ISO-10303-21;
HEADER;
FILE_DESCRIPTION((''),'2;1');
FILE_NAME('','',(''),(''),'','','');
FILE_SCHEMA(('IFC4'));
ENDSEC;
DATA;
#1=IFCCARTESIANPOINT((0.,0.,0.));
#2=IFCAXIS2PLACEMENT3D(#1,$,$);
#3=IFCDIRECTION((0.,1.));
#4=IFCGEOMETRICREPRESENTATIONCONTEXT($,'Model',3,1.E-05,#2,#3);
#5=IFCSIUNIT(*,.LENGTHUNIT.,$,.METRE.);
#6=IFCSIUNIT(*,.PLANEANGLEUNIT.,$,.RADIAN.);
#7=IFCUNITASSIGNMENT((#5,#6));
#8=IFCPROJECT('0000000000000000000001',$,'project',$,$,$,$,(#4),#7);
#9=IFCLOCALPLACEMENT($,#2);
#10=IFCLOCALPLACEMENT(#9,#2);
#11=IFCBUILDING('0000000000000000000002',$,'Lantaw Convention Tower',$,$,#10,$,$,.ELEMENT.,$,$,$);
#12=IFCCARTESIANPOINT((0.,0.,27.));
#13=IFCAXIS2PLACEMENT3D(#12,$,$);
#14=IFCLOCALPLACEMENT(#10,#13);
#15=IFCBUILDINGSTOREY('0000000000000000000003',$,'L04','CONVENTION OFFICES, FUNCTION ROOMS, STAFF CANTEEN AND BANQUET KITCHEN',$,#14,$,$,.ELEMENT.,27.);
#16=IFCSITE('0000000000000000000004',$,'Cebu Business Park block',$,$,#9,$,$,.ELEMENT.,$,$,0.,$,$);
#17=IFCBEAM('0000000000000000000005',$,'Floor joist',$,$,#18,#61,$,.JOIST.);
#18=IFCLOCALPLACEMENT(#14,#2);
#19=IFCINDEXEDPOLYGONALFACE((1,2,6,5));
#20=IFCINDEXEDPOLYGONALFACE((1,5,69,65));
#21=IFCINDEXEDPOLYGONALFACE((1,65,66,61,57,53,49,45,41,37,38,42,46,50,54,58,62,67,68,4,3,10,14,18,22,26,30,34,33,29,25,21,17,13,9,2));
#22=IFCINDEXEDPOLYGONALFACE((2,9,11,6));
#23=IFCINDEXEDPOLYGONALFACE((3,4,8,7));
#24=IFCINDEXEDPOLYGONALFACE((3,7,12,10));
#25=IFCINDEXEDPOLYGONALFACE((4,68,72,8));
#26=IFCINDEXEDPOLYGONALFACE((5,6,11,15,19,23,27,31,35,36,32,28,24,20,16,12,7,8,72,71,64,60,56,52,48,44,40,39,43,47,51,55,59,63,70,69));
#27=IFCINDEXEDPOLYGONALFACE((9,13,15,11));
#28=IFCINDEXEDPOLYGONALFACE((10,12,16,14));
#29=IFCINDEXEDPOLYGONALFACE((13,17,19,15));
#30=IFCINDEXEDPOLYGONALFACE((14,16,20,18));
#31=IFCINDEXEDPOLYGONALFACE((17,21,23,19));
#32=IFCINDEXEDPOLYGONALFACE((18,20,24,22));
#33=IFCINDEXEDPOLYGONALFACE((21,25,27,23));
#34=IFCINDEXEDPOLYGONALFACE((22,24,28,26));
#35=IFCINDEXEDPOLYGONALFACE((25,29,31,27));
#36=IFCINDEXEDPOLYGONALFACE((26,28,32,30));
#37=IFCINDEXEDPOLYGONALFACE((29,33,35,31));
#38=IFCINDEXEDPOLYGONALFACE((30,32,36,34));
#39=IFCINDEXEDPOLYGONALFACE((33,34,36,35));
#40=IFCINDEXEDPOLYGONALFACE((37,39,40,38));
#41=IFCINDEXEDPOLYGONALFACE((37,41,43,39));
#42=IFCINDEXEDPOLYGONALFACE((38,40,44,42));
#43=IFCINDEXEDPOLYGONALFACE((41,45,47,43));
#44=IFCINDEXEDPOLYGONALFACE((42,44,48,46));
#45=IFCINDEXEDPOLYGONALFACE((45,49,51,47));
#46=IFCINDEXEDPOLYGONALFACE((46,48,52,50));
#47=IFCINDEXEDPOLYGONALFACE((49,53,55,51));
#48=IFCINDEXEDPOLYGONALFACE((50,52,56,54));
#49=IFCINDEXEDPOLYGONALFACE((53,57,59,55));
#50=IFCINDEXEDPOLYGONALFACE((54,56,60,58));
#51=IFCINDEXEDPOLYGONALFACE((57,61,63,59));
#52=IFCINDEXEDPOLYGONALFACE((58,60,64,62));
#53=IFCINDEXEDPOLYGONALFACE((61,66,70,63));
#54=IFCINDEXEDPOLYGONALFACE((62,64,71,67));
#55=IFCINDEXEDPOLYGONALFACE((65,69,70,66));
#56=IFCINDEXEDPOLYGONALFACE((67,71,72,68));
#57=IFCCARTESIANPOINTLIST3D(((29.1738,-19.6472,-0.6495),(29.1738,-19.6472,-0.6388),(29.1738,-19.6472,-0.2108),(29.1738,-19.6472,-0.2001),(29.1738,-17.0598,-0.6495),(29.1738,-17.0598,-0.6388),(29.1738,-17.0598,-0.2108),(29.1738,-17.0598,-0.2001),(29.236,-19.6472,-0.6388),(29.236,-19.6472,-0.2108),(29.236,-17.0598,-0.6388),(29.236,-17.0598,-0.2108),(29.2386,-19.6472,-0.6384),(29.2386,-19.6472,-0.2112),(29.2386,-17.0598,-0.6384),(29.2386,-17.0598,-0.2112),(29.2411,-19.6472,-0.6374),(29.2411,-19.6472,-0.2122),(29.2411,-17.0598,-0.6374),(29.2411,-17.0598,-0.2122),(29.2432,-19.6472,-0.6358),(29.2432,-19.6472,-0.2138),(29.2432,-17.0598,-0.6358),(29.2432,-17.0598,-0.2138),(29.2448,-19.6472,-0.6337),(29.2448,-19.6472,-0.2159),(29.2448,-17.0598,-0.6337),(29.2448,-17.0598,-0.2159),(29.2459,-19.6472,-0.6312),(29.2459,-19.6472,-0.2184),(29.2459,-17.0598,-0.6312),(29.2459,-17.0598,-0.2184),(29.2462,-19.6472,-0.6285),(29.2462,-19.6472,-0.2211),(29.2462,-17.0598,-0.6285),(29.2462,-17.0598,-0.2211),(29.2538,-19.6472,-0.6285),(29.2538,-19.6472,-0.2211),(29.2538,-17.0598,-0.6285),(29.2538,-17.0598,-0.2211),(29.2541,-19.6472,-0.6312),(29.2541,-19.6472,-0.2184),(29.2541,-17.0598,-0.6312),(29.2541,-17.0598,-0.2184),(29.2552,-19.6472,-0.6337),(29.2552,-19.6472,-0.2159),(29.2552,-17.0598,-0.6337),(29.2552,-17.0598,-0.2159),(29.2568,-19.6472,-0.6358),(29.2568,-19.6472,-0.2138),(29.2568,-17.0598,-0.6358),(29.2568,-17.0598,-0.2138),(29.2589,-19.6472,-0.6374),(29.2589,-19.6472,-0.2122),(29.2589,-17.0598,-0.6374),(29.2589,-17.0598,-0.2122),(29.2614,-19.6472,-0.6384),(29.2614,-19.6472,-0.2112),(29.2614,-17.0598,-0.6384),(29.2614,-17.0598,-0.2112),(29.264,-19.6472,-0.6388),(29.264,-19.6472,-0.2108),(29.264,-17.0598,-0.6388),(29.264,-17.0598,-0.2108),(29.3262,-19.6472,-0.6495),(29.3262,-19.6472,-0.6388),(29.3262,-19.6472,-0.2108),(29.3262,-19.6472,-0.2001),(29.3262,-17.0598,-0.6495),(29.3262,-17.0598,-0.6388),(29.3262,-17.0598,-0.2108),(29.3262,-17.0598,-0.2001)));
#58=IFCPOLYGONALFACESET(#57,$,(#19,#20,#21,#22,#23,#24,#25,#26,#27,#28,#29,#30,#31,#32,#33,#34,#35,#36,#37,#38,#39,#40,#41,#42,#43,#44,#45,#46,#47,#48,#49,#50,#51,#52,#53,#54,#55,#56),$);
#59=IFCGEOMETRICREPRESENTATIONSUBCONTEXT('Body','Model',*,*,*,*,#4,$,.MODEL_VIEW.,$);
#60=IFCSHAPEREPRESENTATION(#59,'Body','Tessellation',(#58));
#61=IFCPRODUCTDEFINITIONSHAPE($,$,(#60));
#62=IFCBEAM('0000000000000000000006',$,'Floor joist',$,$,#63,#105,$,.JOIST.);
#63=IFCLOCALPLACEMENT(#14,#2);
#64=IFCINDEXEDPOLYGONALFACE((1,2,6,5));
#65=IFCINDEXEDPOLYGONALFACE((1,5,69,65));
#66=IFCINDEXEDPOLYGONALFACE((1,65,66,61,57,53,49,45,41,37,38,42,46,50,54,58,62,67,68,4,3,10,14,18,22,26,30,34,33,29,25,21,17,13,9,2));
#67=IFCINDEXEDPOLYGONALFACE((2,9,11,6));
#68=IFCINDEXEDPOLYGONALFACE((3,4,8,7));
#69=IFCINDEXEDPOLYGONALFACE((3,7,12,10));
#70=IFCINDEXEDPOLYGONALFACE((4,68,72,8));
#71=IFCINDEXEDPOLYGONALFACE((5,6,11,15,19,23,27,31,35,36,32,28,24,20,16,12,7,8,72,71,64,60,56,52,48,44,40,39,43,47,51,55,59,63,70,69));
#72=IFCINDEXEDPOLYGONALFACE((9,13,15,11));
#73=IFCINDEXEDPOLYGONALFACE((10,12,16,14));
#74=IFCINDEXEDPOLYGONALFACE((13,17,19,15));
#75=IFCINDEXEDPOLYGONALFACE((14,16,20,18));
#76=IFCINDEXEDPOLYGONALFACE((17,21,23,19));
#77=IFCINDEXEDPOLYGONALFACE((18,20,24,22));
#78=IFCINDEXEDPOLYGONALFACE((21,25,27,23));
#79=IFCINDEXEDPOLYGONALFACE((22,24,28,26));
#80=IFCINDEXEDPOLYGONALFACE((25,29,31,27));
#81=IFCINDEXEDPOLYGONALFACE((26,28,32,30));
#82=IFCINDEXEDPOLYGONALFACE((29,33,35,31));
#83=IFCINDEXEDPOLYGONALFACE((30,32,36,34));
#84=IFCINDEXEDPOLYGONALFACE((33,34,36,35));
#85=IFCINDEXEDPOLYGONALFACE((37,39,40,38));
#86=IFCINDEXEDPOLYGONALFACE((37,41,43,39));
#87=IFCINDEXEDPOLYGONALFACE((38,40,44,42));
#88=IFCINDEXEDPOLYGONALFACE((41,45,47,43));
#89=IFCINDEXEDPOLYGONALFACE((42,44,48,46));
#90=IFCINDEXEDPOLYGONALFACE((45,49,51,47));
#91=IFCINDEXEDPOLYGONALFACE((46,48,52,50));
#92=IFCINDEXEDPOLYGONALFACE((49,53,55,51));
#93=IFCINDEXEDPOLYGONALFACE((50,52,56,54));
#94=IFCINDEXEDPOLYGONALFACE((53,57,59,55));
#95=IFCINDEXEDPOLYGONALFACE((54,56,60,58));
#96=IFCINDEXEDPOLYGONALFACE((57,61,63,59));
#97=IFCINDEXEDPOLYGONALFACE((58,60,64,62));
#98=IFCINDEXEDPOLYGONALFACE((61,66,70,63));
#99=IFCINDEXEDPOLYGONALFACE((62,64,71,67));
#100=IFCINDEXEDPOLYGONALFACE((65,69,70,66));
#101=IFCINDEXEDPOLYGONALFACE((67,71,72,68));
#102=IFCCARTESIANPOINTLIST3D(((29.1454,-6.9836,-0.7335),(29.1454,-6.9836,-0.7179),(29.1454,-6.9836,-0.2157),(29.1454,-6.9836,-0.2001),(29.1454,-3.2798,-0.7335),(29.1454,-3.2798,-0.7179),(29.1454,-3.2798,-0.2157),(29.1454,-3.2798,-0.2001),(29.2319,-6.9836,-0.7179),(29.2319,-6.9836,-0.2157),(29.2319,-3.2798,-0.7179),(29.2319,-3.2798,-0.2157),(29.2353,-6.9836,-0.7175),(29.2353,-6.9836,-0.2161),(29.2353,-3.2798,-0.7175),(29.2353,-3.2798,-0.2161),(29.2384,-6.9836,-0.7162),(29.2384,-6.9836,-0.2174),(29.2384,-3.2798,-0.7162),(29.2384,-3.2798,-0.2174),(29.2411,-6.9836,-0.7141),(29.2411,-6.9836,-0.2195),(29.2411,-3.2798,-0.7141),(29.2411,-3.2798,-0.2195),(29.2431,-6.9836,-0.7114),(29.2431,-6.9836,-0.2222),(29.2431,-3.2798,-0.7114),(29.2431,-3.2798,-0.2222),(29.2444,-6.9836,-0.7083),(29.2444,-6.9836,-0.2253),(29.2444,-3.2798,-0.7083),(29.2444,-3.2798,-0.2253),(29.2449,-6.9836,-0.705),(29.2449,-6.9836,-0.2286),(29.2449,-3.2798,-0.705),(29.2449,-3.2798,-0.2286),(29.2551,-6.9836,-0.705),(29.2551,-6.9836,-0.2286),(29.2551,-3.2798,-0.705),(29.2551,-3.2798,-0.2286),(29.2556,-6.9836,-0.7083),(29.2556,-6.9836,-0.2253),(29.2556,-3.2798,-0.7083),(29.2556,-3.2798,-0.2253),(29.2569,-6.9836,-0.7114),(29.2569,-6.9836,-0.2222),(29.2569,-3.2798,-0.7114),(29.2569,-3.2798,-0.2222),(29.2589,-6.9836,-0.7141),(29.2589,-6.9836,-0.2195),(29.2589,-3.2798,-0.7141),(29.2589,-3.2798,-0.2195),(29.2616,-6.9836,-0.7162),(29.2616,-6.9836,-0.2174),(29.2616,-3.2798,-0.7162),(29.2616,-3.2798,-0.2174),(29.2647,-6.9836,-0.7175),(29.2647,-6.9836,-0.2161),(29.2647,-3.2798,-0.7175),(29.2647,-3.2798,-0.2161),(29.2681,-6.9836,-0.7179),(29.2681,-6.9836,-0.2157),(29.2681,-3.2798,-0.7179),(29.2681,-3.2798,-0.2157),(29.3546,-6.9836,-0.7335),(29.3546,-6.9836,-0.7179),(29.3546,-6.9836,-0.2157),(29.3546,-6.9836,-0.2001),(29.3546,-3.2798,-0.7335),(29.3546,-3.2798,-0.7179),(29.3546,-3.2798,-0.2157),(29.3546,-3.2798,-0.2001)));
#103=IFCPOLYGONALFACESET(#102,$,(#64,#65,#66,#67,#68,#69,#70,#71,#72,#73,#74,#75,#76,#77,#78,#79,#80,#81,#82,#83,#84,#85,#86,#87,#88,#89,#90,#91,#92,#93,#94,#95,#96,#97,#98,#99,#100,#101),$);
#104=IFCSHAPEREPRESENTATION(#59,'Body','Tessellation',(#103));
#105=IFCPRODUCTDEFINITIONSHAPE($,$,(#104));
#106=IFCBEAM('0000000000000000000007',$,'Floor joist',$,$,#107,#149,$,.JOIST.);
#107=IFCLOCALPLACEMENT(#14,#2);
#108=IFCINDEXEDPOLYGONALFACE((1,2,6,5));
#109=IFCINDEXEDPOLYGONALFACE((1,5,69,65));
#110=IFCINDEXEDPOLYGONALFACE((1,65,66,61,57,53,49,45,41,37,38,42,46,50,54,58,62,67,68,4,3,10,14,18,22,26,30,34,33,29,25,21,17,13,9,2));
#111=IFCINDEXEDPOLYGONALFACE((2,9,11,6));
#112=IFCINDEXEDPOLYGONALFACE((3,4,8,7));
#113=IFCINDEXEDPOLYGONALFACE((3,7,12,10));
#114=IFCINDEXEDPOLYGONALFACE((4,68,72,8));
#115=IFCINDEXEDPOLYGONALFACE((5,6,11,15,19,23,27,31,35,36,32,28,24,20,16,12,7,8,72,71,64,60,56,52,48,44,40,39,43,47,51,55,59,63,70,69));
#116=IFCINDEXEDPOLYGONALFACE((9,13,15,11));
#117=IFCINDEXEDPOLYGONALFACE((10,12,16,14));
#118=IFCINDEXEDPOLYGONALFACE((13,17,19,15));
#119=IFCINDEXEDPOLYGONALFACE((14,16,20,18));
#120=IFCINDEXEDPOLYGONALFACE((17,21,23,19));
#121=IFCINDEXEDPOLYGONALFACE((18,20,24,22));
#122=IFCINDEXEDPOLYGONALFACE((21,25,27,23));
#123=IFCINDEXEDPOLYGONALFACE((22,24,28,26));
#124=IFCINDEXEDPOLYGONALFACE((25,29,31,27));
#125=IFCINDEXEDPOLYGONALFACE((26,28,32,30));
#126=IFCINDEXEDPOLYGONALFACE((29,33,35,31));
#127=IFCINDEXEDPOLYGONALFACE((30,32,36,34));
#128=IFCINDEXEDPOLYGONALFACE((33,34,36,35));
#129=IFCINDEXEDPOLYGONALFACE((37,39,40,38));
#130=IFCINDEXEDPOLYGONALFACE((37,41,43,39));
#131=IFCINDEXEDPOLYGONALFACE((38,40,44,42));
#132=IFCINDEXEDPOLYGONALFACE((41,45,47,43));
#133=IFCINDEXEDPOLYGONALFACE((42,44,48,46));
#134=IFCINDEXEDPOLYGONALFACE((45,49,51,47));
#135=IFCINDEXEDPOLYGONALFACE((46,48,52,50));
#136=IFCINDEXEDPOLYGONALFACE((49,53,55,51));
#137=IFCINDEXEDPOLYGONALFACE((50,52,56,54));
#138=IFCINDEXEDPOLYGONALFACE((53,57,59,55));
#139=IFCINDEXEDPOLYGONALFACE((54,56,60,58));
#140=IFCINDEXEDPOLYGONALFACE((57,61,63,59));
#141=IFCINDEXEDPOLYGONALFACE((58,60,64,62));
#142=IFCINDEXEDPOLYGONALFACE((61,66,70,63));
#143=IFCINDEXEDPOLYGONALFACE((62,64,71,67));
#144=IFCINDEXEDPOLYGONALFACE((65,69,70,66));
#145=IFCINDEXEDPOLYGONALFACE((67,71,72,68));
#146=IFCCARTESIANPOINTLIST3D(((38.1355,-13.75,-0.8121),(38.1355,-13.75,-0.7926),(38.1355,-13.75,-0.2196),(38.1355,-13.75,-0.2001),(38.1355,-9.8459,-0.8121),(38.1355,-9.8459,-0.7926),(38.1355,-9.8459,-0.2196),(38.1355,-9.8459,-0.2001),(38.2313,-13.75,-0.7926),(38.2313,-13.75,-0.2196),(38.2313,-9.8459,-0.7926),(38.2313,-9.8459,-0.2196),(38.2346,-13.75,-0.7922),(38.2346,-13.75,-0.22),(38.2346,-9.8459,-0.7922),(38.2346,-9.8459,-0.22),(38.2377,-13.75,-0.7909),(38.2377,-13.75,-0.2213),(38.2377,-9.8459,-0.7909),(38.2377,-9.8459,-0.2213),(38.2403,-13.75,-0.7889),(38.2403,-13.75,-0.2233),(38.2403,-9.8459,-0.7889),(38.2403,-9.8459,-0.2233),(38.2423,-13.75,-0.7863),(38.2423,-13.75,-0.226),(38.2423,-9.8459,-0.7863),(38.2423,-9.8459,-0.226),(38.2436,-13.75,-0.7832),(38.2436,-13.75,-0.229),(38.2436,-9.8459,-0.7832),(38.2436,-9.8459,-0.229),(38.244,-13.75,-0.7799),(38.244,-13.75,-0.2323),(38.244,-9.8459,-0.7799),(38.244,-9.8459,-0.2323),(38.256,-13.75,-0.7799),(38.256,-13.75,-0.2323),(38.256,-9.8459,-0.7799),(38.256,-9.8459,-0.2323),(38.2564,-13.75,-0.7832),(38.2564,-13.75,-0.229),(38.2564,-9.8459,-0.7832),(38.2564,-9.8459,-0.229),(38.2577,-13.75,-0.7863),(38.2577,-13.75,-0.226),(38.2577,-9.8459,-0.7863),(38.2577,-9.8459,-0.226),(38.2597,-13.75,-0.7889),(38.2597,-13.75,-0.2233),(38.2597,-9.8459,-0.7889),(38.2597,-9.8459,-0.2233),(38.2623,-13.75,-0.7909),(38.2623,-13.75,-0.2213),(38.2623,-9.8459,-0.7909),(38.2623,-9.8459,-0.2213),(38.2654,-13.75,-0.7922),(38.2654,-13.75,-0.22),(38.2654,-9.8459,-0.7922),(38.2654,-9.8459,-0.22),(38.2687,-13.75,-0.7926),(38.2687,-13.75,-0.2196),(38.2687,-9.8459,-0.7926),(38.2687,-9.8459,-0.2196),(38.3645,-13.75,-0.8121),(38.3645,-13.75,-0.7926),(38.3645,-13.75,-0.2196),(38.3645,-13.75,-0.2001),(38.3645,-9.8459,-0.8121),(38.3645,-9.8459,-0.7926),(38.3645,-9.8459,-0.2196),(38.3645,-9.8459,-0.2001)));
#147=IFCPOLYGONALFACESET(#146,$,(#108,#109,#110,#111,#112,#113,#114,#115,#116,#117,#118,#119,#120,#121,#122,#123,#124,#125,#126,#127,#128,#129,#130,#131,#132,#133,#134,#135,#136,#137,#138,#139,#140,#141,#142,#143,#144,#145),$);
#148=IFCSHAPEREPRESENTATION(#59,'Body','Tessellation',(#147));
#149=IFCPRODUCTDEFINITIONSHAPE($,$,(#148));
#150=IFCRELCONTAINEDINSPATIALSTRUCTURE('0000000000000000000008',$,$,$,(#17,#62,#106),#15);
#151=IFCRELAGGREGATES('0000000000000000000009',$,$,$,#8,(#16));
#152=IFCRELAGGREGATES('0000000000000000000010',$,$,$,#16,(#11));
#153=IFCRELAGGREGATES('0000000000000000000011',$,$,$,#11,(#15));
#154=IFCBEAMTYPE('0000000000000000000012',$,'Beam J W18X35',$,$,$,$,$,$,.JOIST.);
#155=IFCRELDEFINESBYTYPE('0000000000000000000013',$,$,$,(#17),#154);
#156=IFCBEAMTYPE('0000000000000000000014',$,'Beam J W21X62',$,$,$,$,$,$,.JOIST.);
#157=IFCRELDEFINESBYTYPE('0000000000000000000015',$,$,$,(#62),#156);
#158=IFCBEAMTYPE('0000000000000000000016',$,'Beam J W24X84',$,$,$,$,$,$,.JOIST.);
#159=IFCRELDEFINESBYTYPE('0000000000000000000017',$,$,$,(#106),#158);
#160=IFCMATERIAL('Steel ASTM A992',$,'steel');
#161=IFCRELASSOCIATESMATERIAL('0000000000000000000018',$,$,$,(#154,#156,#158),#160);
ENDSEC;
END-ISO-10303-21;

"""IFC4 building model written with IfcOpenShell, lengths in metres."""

from ifc_helpers import new_model, si_unit, direction, frame, origin, origin_2d, place, context, subcontext, project, spatial, i_section, extrude, material, material_profile, profile_set, type_object, element, save


model = new_model("IFC4")

# Units and contexts
model_context = context("Model", 3, precision=1e-05, world=origin(), true_north=direction((0.0, 1.0)))
body_context = subcontext(model_context, "Body", "Model", "MODEL_VIEW")
ifc_project = project(units=[si_unit("LENGTHUNIT", "METRE"), si_unit("PLANEANGLEUNIT", "RADIAN")], contexts=[model_context])

# Site, building, storey
site_placement = place(None, origin())
site = spatial("IfcSite", under=ifc_project, at=site_placement, Name="Cebu Business Park block", CompositionType="ELEMENT", RefElevation=0.0)
building_placement = place(site_placement, origin())
building = spatial("IfcBuilding", under=site, at=building_placement, Name="Lantaw Convention Tower", CompositionType="ELEMENT")
storey_placement = place(building_placement, frame((0.0, 0.0, 27.0)))
storey = spatial("IfcBuildingStorey", under=building, at=storey_placement, Name="L04", Description="CONVENTION OFFICES, FUNCTION ROOMS, STAFF CANTEEN AND BANQUET KITCHEN", CompositionType="ELEMENT", Elevation=27.0)

# Beams
ifc_material_1 = material(Name="Steel ASTM A992", Category="steel")
ifc_material_profile_1 = material_profile(ifc_material_1, i_section(OverallWidth=0.1523, OverallDepth=0.4495, WebThickness=0.0076, FlangeThickness=0.0107, FilletRadius=0.0103, at=origin_2d()), Name="W18X35")
ifc_profile_set_1 = profile_set([ifc_material_profile_1], Name="Steel ASTM A992")
beam_type_1 = type_object("IfcBeamType", Name="Beam J W18X35", PredefinedType="JOIST", material=ifc_profile_set_1)
beam_1_placement = place(storey_placement, frame((29.25, -19.6472, -0.4248), z_axis=(0.0, 1.0, 0.0), x_axis=(-1.0, 0.0, 0.0)))
element("IfcBeam", 1, at=beam_1_placement, inside=storey, type_object=beam_type_1, Name="Floor joist", PredefinedType="JOIST", context=body_context, shape_type="SweptSolid", body=[
    extrude(i_section(OverallWidth=0.1523, OverallDepth=0.4495, WebThickness=0.0076, FlangeThickness=0.0107, FilletRadius=0.0103, at=origin_2d()), origin(), (0.0, 0.0, 1.0), 2.5874),
])
ifc_material_profile_2 = material_profile(ifc_material_1, i_section(OverallWidth=0.2092, OverallDepth=0.5334, WebThickness=0.0103, FlangeThickness=0.0156, FilletRadius=0.0129, at=origin_2d()), Name="W21X62")
ifc_profile_set_2 = profile_set([ifc_material_profile_2], Name="Steel ASTM A992")
beam_type_2 = type_object("IfcBeamType", Name="Beam J W21X62", PredefinedType="JOIST", material=ifc_profile_set_2)
beam_2_placement = place(storey_placement, frame((29.25, -6.9836, -0.4668), z_axis=(0.0, 1.0, 0.0), x_axis=(-1.0, 0.0, 0.0)))
element("IfcBeam", 2, at=beam_2_placement, inside=storey, type_object=beam_type_2, Name="Floor joist", PredefinedType="JOIST", context=body_context, shape_type="SweptSolid", body=[
    extrude(i_section(OverallWidth=0.2092, OverallDepth=0.5334, WebThickness=0.0103, FlangeThickness=0.0156, FilletRadius=0.0129, at=origin_2d()), origin(), (0.0, 0.0, 1.0), 3.7039),
])
ifc_material_profile_3 = material_profile(ifc_material_1, i_section(OverallWidth=0.229, OverallDepth=0.6121, WebThickness=0.012, FlangeThickness=0.0195, FilletRadius=0.0127, at=origin_2d()), Name="W24X84")
ifc_profile_set_3 = profile_set([ifc_material_profile_3], Name="Steel ASTM A992")
beam_type_3 = type_object("IfcBeamType", Name="Beam J W24X84", PredefinedType="JOIST", material=ifc_profile_set_3)
beam_3_placement = place(storey_placement, frame((38.25, -13.75, -0.5061), z_axis=(0.0, 1.0, 0.0), x_axis=(-1.0, 0.0, 0.0)))
element("IfcBeam", 3, at=beam_3_placement, inside=storey, type_object=beam_type_3, Name="Floor joist", PredefinedType="JOIST", context=body_context, shape_type="SweptSolid", body=[
    extrude(i_section(OverallWidth=0.229, OverallDepth=0.6121, WebThickness=0.012, FlangeThickness=0.0195, FilletRadius=0.0127, at=origin_2d()), origin(), (0.0, 0.0, 1.0), 3.9041),
])

save(model, "model.ifc")
